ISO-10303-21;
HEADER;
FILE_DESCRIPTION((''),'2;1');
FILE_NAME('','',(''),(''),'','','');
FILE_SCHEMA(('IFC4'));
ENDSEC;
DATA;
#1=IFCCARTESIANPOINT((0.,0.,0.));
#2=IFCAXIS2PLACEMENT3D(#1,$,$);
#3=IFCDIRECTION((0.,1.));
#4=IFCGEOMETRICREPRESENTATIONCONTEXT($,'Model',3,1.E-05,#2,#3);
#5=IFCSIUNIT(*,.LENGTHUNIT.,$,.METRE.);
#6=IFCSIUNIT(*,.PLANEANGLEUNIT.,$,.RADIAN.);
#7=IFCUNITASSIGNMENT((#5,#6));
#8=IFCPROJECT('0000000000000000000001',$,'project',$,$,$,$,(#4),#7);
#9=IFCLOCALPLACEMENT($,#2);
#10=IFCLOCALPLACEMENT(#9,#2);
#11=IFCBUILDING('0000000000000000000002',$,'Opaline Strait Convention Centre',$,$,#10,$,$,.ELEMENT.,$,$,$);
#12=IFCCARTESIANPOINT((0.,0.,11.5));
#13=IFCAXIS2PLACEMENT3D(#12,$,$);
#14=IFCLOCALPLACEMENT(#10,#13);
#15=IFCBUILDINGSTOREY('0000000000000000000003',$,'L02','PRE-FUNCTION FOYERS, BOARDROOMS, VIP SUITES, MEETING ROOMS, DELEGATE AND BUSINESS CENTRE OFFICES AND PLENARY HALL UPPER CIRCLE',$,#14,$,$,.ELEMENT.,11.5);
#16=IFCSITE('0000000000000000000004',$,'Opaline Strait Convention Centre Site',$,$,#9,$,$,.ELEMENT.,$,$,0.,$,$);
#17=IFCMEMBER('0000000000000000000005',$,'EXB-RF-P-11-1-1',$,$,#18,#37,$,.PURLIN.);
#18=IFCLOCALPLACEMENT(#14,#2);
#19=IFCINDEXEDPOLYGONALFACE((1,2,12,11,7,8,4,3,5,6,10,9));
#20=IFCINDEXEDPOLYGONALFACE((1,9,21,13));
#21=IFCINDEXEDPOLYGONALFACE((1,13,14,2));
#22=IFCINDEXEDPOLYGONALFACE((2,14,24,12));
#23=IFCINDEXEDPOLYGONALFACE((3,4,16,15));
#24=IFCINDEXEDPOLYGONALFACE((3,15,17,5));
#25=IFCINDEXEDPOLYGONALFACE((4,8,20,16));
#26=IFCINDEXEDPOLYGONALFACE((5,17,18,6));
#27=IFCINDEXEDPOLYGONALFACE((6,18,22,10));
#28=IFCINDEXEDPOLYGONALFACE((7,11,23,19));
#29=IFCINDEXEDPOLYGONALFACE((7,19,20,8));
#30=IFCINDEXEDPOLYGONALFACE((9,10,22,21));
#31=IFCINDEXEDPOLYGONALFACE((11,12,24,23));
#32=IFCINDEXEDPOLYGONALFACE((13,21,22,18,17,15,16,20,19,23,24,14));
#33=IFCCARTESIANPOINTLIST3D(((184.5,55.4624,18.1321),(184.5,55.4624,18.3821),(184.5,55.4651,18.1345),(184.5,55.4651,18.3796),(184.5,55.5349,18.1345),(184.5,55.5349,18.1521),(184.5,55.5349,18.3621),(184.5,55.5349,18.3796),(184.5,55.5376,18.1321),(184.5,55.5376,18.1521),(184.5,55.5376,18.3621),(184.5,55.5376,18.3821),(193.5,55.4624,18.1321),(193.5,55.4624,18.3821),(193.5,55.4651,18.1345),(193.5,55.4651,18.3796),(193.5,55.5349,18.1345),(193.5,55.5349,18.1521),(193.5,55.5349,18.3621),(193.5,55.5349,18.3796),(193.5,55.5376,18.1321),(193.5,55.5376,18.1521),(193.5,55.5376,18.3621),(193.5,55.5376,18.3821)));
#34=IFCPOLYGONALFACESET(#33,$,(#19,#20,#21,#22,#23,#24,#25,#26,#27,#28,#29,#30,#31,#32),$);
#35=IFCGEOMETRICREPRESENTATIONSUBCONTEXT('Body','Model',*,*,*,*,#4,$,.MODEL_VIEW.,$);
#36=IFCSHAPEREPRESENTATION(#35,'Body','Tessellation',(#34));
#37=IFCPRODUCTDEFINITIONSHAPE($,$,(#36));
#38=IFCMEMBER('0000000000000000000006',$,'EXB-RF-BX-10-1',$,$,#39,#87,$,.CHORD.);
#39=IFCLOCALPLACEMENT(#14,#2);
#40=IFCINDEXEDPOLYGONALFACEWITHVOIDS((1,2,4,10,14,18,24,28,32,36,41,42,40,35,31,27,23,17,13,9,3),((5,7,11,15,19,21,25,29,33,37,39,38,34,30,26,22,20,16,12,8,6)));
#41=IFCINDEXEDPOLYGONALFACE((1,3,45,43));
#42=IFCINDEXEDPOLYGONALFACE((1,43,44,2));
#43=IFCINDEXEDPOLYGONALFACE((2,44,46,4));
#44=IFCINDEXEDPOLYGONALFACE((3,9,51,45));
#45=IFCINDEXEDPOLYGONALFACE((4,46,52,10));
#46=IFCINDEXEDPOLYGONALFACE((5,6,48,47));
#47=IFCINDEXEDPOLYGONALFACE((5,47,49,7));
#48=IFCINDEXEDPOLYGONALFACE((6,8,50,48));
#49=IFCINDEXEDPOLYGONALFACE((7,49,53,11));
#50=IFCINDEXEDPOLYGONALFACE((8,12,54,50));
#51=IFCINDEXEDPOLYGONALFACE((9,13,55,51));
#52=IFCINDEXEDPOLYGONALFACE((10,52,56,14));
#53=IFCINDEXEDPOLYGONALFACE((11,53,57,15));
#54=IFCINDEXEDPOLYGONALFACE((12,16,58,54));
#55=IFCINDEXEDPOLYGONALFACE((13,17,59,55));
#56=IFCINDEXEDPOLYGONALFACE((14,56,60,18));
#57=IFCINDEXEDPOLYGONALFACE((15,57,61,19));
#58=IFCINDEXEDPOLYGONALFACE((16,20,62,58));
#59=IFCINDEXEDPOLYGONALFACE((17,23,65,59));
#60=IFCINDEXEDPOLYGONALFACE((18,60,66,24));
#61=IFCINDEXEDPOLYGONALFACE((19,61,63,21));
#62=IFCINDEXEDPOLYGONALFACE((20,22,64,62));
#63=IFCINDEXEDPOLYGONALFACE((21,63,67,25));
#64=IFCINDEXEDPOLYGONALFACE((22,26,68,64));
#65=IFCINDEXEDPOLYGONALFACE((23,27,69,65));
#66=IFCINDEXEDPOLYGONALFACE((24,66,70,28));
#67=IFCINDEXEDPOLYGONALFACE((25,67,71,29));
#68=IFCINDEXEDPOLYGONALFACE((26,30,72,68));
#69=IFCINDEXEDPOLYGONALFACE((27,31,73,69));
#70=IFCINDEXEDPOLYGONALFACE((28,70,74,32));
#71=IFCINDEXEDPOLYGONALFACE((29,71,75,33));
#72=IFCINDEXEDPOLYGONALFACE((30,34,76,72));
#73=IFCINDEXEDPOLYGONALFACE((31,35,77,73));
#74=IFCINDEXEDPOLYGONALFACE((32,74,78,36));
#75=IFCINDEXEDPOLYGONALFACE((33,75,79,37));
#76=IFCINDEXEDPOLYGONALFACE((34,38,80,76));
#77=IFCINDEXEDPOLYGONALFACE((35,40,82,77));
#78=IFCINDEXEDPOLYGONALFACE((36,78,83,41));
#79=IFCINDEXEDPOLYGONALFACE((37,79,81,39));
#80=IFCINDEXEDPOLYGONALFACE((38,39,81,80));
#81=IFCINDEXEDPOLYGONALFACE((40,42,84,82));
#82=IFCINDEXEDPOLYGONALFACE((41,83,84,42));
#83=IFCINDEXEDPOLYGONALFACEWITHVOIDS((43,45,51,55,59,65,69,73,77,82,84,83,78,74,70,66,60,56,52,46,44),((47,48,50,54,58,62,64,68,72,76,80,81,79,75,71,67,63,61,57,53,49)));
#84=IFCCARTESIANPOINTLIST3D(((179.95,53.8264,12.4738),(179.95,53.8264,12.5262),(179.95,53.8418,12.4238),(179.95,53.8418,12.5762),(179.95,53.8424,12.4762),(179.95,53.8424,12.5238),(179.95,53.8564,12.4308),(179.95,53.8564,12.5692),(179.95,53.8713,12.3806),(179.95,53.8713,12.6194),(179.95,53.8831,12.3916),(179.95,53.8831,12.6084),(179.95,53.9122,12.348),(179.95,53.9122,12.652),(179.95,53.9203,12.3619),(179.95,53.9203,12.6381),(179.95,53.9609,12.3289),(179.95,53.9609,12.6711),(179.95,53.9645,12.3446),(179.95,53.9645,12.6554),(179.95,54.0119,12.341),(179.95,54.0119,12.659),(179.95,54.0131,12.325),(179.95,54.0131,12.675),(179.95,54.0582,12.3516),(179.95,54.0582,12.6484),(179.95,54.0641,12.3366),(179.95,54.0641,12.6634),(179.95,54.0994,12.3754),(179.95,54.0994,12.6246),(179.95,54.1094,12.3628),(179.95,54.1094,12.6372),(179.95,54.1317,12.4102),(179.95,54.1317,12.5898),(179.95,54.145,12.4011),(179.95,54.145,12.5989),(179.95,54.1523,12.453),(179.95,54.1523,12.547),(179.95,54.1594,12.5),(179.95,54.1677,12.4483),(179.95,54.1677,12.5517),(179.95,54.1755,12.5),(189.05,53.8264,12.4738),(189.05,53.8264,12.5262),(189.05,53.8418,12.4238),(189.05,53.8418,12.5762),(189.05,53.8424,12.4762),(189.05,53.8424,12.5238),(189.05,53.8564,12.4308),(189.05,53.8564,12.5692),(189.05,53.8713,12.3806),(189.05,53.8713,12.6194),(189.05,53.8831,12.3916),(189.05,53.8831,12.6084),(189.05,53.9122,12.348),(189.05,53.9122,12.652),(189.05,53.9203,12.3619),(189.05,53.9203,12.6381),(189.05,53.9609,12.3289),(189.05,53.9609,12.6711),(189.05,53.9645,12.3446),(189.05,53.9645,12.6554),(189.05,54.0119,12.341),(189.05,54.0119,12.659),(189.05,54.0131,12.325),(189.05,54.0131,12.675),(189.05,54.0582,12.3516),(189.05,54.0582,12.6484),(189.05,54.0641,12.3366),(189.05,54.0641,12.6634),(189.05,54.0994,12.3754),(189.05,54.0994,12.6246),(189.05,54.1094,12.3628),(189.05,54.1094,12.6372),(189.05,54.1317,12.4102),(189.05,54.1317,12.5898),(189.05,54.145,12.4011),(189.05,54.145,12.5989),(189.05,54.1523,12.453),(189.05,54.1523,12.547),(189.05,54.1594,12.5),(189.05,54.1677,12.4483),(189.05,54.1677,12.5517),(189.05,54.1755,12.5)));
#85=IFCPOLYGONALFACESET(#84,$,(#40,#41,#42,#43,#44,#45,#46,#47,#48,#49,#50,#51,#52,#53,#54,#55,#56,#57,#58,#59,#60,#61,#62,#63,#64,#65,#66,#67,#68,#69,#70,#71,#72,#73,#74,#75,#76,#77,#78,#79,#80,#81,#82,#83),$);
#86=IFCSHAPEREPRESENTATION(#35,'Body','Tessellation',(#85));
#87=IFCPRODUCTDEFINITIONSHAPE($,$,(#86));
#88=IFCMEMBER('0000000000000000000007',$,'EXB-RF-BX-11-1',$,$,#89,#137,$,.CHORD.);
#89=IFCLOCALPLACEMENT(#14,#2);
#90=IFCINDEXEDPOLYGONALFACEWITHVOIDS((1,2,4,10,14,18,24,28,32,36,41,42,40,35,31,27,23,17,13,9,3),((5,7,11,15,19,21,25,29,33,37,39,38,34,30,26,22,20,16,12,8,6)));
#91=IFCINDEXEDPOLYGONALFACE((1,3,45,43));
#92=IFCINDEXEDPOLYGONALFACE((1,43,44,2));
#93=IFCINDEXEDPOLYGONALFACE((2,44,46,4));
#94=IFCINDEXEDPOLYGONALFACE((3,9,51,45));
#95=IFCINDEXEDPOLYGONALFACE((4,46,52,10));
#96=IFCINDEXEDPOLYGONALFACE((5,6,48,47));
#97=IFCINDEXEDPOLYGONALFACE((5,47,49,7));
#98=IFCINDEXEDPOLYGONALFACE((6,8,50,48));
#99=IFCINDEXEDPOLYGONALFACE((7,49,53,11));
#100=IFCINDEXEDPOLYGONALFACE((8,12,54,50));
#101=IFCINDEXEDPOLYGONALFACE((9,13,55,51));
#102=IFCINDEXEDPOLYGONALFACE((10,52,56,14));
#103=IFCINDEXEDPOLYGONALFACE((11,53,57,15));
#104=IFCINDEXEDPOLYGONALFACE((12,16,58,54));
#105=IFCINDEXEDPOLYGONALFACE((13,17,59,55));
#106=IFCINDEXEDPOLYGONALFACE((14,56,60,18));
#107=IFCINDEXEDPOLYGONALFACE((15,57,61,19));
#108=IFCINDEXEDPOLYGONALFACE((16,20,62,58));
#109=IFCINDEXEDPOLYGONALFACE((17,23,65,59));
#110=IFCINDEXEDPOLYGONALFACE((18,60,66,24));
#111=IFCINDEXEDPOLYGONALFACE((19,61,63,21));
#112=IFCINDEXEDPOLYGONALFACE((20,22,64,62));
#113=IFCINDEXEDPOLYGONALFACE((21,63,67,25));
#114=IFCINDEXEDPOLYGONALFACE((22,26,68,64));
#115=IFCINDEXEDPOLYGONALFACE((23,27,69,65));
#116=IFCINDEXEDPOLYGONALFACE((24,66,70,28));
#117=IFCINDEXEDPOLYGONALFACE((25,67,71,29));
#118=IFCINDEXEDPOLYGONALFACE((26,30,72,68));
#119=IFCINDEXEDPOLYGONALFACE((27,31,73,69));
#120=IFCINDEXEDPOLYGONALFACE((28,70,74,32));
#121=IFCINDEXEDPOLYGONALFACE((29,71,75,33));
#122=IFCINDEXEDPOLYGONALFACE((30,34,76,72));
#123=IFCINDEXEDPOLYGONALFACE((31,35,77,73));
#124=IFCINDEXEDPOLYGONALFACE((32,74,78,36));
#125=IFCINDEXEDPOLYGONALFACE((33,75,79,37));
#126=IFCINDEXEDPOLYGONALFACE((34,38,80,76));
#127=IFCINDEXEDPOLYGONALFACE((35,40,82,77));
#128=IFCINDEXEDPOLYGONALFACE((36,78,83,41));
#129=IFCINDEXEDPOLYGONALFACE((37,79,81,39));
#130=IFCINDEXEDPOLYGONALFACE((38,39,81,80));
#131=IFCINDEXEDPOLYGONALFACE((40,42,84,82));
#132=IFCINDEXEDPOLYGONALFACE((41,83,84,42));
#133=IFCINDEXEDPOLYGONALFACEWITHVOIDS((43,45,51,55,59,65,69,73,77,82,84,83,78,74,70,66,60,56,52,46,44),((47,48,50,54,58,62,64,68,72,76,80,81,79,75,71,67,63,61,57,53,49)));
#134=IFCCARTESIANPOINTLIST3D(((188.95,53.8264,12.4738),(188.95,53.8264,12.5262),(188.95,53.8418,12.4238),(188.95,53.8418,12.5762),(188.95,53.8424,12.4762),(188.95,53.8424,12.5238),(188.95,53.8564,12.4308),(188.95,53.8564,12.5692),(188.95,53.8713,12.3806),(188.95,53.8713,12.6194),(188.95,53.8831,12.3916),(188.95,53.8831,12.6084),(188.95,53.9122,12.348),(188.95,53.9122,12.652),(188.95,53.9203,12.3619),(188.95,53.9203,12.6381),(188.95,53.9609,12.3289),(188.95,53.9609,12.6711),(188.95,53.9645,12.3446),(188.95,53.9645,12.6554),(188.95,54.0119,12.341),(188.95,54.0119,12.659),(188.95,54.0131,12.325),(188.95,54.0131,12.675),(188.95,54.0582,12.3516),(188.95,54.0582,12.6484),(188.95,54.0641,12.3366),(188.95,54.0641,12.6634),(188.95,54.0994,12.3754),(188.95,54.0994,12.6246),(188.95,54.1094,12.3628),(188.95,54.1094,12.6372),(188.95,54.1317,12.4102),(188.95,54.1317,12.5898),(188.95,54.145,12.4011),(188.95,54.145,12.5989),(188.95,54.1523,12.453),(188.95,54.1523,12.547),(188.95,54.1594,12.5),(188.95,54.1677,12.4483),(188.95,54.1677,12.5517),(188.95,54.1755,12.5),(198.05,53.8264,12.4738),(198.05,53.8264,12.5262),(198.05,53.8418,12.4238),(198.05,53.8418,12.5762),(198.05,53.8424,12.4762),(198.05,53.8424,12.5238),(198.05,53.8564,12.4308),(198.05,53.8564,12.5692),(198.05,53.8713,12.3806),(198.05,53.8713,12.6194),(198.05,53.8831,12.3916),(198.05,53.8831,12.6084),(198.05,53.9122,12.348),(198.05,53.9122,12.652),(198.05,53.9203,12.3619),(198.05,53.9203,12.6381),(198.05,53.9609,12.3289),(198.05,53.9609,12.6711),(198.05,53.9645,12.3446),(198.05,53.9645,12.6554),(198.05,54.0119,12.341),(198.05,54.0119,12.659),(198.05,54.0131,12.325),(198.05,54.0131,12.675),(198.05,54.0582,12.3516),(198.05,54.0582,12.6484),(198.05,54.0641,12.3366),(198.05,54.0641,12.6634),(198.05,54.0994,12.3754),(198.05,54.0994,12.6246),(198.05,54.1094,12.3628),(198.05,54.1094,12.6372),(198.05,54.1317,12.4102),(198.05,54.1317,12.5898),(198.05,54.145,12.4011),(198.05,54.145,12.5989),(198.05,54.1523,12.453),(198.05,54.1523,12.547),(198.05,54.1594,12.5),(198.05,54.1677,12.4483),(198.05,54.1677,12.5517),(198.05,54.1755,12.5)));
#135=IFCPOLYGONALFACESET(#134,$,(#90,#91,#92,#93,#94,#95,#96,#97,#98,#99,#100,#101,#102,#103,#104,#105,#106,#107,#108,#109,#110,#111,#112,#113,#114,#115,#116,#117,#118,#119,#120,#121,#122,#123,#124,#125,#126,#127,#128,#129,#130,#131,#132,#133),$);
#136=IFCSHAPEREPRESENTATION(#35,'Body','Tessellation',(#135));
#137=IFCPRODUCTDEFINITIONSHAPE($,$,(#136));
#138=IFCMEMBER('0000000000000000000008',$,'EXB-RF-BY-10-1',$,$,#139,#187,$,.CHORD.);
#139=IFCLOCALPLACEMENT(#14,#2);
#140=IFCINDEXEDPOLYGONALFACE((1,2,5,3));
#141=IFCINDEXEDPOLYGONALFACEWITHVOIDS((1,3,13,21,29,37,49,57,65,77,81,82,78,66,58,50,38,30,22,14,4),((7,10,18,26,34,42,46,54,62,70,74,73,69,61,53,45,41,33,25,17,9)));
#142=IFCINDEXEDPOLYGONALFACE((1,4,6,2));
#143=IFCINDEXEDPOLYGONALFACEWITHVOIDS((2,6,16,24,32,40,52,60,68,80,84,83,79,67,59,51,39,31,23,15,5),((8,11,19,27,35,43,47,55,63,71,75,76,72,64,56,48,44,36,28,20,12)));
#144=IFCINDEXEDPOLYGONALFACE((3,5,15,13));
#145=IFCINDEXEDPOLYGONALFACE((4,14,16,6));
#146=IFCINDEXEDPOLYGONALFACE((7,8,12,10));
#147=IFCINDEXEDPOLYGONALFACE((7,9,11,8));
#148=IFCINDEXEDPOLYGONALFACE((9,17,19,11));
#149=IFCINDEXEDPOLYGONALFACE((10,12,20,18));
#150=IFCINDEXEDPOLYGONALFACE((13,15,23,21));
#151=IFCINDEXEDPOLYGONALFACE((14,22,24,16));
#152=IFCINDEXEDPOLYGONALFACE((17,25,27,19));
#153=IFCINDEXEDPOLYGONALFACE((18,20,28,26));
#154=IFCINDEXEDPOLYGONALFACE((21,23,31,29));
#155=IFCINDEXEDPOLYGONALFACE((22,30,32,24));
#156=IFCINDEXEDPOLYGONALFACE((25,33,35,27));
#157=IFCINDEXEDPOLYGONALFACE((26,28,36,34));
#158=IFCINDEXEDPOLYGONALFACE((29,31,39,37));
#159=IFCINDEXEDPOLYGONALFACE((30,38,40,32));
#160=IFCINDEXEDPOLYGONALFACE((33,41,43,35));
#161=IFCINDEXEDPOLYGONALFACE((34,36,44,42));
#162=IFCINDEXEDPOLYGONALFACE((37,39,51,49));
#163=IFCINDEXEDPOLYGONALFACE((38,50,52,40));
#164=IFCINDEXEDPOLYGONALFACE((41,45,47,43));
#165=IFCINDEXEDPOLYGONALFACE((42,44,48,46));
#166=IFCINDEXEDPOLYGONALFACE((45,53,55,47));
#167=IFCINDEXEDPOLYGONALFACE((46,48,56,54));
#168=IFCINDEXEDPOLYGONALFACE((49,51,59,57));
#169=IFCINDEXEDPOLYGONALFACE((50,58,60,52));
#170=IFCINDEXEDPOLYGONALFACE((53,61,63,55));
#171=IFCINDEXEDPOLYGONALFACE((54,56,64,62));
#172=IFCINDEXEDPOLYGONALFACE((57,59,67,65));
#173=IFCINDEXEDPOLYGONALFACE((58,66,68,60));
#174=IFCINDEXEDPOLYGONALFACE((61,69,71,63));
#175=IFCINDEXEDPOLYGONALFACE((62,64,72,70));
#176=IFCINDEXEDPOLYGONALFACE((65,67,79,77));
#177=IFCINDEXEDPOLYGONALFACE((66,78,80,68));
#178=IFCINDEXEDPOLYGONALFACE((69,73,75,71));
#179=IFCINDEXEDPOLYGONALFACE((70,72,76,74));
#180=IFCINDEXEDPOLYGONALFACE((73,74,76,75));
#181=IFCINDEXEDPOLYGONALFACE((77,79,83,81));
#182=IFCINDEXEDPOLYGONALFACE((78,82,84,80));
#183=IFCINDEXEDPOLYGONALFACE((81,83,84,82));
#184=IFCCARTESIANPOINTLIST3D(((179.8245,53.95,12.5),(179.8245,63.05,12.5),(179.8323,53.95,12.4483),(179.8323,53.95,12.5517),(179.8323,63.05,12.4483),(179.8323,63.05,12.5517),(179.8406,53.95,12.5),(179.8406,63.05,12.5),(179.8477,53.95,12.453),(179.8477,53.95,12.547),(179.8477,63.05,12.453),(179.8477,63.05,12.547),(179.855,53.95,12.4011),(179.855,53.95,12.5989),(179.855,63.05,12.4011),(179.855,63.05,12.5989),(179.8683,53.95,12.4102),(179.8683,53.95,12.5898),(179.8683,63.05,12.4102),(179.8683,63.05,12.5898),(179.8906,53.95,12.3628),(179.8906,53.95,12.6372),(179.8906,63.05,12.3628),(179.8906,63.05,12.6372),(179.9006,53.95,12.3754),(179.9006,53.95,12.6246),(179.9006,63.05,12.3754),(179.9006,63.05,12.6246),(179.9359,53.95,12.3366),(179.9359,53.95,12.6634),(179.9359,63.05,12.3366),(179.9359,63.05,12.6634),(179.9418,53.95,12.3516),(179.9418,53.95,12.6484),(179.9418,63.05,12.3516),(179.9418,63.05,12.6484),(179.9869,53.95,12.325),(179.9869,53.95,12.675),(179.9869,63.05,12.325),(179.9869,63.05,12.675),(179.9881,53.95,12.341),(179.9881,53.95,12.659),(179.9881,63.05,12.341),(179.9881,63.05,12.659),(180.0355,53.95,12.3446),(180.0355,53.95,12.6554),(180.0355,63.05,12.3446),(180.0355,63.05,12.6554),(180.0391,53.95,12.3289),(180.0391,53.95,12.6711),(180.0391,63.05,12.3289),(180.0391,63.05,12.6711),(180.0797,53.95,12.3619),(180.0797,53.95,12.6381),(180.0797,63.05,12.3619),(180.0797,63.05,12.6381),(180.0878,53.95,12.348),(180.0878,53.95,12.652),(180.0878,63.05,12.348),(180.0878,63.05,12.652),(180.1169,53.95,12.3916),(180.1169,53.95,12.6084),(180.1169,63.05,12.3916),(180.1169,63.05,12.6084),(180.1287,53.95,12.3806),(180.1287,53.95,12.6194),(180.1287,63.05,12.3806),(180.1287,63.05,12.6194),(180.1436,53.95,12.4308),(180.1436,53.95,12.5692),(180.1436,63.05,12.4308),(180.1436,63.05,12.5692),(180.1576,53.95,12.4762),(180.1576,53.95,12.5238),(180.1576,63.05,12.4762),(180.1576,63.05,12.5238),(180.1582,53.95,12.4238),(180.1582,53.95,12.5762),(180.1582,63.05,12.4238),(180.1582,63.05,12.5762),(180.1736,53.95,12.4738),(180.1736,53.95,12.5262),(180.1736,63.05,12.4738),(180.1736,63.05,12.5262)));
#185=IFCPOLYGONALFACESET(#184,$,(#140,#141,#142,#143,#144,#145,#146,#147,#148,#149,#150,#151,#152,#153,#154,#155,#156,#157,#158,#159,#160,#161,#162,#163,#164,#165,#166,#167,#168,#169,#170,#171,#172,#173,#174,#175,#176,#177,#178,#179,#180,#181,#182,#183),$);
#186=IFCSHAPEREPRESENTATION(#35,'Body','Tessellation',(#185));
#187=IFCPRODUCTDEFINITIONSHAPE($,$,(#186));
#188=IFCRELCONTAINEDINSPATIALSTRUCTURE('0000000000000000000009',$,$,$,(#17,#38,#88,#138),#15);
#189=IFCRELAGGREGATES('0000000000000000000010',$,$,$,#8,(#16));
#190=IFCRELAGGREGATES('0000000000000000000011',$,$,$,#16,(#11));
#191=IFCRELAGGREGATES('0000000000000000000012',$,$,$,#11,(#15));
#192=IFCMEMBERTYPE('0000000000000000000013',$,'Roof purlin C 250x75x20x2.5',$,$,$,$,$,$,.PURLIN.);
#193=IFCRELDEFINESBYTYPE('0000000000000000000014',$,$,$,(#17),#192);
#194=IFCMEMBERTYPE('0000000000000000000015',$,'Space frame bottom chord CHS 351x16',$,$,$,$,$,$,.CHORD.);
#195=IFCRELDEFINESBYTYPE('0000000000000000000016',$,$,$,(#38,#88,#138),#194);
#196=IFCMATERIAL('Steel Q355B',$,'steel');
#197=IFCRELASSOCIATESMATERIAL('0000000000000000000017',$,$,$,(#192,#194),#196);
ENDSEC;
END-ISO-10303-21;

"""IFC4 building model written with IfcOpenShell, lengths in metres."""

from ifc_helpers import new_model, si_unit, direction, frame, origin, origin_2d, place, context, subcontext, project, spatial, polyline, hollow_circle, outline, extrude, material, material_profile, profile_set, type_object, element, save


model = new_model("IFC4")

# Units and contexts
model_context = context("Model", 3, precision=1e-05, world=origin(), true_north=direction((0.0, 1.0)))
body_context = subcontext(model_context, "Body", "Model", "MODEL_VIEW")
ifc_project = project(units=[si_unit("LENGTHUNIT", "METRE"), si_unit("PLANEANGLEUNIT", "RADIAN")], contexts=[model_context])

# Site, building, storey
site_placement = place(None, origin())
site = spatial("IfcSite", under=ifc_project, at=site_placement, Name="Opaline Strait Convention Centre Site", CompositionType="ELEMENT", RefElevation=0.0)
building_placement = place(site_placement, origin())
building = spatial("IfcBuilding", under=site, at=building_placement, Name="Opaline Strait Convention Centre", CompositionType="ELEMENT")
storey_placement = place(building_placement, frame((0.0, 0.0, 11.5)))
storey = spatial("IfcBuildingStorey", under=building, at=storey_placement, Name="L02", Description="PRE-FUNCTION FOYERS, BOARDROOMS, VIP SUITES, MEETING ROOMS, DELEGATE AND BUSINESS CENTRE OFFICES AND PLENARY HALL UPPER CIRCLE", CompositionType="ELEMENT", Elevation=11.5)

# Members
ifc_material_1 = material(Name="Steel Q355B", Category="steel")
ifc_material_profile_1 = material_profile(ifc_material_1, outline(polyline([(-0.0376, -0.125), (0.0376, -0.125), (0.0376, -0.105), (0.0349, -0.105), (0.0349, -0.1226), (-0.0349, -0.1226), (-0.0349, 0.1226), (0.0349, 0.1226), (0.0349, 0.105), (0.0376, 0.105), (0.0376, 0.125), (-0.0376, 0.125), (-0.0376, -0.125)])), Name="C 250x75x20x2.5")
ifc_profile_set_1 = profile_set([ifc_material_profile_1], Name="Steel Q355B")
member_type_1 = type_object("IfcMemberType", Name="Roof purlin C 250x75x20x2.5", PredefinedType="PURLIN", material=ifc_profile_set_1)
member_1_placement = place(storey_placement, frame((184.5, 55.5, 18.2571), z_axis=(1.0, 0.0, 0.0), x_axis=(0.0, 1.0, 0.0)))
element("IfcMember", 1, at=member_1_placement, inside=storey, type_object=member_type_1, Name="EXB-RF-P-11-1-1", PredefinedType="PURLIN", context=body_context, shape_type="SweptSolid", body=[
    extrude(outline(polyline([(-0.0376, -0.125), (0.0376, -0.125), (0.0376, -0.105), (0.0349, -0.105), (0.0349, -0.1226), (-0.0349, -0.1226), (-0.0349, 0.1226), (0.0349, 0.1226), (0.0349, 0.105), (0.0376, 0.105), (0.0376, 0.125), (-0.0376, 0.125), (-0.0376, -0.125)])), origin(), (0.0, 0.0, 1.0), 9.0),
])
ifc_material_profile_2 = material_profile(ifc_material_1, hollow_circle(Radius=0.1755, WallThickness=0.0161, at=origin_2d()), Name="CHS 351x16")
ifc_profile_set_2 = profile_set([ifc_material_profile_2], Name="Steel Q355B")
member_type_2 = type_object("IfcMemberType", Name="Space frame bottom chord CHS 351x16", PredefinedType="CHORD", material=ifc_profile_set_2)
for number, where, z_axis, x_axis, name in (
    (2, (179.95, 54.0, 12.5), (1.0, 0.0, 0.0), (0.0, 1.0, 0.0), "EXB-RF-BX-10-1"),
    (3, (188.95, 54.0, 12.5), (1.0, 0.0, 0.0), (0.0, 1.0, 0.0), "EXB-RF-BX-11-1"),
    (4, (180.0, 53.95, 12.5), (0.0, 1.0, 0.0), (-1.0, 0.0, 0.0), "EXB-RF-BY-10-1"),
):
    element("IfcMember", number, at=place(storey_placement, frame(where, z_axis=z_axis, x_axis=x_axis)), inside=storey, type_object=member_type_2, Name=name, PredefinedType="CHORD", context=body_context, shape_type="SweptSolid", body=[
        extrude(hollow_circle(Radius=0.1755, WallThickness=0.0161, at=origin_2d()), origin(), (0.0, 0.0, 1.0), 9.1001),
    ])

save(model, "model.ifc")
